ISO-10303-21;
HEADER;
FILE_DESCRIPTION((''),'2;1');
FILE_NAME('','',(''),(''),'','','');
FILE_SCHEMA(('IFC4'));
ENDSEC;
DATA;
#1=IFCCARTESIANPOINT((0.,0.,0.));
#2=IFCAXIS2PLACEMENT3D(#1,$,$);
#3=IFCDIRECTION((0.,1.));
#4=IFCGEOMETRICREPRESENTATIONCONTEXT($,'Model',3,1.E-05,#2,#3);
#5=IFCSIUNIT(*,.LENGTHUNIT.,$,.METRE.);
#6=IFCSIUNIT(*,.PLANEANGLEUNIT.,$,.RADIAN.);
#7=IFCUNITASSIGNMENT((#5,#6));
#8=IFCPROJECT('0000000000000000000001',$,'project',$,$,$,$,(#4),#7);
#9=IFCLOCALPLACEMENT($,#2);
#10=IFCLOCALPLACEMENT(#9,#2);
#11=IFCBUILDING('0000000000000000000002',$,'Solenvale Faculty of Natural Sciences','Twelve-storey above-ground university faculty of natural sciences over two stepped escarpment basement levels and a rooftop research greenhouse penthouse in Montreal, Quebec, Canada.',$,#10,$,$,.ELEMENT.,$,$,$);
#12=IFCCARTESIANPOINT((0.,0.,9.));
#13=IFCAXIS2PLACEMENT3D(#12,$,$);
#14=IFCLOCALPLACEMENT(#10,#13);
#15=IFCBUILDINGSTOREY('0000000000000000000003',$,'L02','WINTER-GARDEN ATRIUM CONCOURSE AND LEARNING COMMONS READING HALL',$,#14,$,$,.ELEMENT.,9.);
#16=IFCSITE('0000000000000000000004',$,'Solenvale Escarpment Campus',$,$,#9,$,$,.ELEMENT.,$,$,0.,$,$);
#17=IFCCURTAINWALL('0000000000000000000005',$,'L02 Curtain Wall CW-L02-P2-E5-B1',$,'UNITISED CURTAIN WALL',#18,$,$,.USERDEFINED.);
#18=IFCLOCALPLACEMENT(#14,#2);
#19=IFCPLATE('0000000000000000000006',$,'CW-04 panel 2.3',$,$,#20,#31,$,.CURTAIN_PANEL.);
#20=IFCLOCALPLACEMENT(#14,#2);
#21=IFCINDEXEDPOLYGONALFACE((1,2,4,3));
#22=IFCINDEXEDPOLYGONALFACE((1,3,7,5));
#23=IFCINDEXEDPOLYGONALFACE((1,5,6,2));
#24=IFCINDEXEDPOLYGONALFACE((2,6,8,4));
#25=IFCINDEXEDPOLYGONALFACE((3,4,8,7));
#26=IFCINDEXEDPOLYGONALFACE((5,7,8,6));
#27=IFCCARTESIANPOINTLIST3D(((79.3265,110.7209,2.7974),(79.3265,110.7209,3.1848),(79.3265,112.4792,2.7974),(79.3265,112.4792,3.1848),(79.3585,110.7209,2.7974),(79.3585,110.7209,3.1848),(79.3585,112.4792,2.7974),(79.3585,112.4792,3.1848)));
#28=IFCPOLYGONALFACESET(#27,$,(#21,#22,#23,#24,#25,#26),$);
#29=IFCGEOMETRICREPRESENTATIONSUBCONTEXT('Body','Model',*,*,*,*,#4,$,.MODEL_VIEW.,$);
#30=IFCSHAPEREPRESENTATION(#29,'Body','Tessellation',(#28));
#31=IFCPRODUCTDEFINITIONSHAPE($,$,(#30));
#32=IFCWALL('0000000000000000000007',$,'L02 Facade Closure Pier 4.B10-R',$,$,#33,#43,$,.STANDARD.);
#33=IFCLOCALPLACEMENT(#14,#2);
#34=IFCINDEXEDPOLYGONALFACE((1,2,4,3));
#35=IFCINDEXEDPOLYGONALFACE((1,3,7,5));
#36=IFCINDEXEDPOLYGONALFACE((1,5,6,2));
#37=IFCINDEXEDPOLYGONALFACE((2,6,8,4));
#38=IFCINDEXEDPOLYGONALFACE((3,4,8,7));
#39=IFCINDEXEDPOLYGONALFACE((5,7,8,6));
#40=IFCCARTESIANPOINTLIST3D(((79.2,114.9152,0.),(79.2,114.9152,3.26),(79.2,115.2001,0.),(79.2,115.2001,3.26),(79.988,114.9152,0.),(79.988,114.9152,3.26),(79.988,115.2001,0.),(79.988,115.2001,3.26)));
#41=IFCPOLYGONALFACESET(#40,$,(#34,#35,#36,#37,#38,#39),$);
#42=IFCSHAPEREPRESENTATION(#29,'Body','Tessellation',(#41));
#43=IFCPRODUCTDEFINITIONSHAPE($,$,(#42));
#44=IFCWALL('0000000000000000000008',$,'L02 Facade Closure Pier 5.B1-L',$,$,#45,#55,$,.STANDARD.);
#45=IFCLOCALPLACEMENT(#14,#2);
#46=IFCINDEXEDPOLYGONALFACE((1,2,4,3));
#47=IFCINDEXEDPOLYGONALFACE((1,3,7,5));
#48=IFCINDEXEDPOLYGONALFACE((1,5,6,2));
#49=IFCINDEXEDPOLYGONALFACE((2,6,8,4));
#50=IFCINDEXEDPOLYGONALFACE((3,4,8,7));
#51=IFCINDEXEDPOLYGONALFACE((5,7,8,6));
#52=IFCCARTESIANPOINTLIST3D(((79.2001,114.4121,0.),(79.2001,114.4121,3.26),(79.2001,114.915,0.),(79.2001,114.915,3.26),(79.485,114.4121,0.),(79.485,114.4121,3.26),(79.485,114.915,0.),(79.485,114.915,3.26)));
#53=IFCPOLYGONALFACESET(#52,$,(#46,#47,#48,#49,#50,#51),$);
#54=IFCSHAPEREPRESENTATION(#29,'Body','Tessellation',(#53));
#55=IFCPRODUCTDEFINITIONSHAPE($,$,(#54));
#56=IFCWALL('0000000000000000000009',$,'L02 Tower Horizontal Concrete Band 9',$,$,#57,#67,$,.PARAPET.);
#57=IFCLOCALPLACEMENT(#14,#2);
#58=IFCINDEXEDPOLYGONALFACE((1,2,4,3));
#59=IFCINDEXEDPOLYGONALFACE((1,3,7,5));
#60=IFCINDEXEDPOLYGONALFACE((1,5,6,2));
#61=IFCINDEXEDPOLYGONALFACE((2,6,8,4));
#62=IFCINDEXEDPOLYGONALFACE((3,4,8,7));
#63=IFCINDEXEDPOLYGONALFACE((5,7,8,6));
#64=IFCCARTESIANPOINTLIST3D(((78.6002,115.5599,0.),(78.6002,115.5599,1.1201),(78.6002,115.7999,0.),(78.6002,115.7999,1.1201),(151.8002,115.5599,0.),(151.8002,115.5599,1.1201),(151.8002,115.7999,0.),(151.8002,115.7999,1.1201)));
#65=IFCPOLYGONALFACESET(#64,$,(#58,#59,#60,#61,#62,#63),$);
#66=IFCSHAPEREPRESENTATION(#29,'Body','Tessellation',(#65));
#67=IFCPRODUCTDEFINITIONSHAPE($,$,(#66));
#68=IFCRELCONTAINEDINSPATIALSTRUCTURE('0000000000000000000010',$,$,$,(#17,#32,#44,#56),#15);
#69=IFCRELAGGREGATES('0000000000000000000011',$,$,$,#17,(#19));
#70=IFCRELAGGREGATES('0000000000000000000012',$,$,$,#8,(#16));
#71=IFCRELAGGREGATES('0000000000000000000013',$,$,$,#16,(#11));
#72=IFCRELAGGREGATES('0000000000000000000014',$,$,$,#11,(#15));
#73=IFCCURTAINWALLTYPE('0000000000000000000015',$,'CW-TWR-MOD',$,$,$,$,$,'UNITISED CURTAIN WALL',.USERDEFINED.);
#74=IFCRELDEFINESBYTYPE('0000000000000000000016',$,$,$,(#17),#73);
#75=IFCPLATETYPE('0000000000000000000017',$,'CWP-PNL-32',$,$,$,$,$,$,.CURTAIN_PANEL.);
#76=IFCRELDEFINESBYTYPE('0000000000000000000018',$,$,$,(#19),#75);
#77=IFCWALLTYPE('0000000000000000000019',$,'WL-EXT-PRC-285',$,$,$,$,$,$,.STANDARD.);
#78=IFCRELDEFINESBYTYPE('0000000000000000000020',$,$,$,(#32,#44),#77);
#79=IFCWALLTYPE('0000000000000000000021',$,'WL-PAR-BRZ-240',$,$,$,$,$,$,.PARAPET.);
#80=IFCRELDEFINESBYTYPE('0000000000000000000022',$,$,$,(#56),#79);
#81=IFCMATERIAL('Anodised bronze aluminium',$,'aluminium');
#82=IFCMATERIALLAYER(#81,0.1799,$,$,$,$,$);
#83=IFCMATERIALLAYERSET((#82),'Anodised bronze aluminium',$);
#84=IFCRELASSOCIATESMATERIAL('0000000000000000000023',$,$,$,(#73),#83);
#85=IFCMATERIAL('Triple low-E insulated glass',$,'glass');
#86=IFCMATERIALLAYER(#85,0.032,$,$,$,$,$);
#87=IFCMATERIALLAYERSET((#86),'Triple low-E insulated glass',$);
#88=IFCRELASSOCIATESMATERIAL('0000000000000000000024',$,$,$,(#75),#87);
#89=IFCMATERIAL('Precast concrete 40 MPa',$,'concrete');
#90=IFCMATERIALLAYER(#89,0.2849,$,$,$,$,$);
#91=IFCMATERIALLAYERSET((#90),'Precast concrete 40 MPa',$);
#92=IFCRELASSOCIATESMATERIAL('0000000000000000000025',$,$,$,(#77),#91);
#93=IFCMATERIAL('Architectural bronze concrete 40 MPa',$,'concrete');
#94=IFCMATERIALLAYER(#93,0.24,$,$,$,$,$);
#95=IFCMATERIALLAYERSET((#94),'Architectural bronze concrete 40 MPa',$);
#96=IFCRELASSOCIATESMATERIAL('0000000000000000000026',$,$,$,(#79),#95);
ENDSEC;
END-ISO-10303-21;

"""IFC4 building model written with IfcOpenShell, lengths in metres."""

from ifc_helpers import new_model, si_unit, direction, frame, frame_2d, origin, origin_2d, place, context, subcontext, project, spatial, rectangle, extrude, material, layer, layer_set, type_object, element, aggregate, save


model = new_model("IFC4")

# Units and contexts
model_context = context("Model", 3, precision=1e-05, world=origin(), true_north=direction((0.0, 1.0)))
body_context = subcontext(model_context, "Body", "Model", "MODEL_VIEW")
ifc_project = project(units=[si_unit("LENGTHUNIT", "METRE"), si_unit("PLANEANGLEUNIT", "RADIAN")], contexts=[model_context])

# Site, building, storey
site_placement = place(None, origin())
site = spatial("IfcSite", under=ifc_project, at=site_placement, Name="Solenvale Escarpment Campus", CompositionType="ELEMENT", RefElevation=0.0)
building_placement = place(site_placement, origin())
building = spatial("IfcBuilding", under=site, at=building_placement, Name="Solenvale Faculty of Natural Sciences", Description="Twelve-storey above-ground university faculty of natural sciences over two stepped escarpment basement levels and a rooftop research greenhouse penthouse in Montreal, Quebec, Canada.", CompositionType="ELEMENT")
storey_placement = place(building_placement, frame((0.0, 0.0, 9.0)))
storey = spatial("IfcBuildingStorey", under=building, at=storey_placement, Name="L02", Description="WINTER-GARDEN ATRIUM CONCOURSE AND LEARNING COMMONS READING HALL", CompositionType="ELEMENT", Elevation=9.0)

# Shared definitions
ifc_material_1 = material(Name="Precast concrete 40 MPa", Category="concrete")

# Curtain wall
ifc_material_2 = material(Name="Anodised bronze aluminium", Category="aluminium")
ifc_layer_1 = layer(ifc_material_2, 0.1799)
ifc_layer_set_1 = layer_set([ifc_layer_1], Name="Anodised bronze aluminium")
curtain_wall_type = type_object("IfcCurtainWallType", Name="CW-TWR-MOD", ElementType="UNITISED CURTAIN WALL", PredefinedType="USERDEFINED", material=ifc_layer_set_1)
curtain_wall_1_placement = place(storey_placement, origin())
curtain_wall_1 = element("IfcCurtainWall", 1, at=curtain_wall_1_placement, inside=storey, type_object=curtain_wall_type, Name="L02 Curtain Wall CW-L02-P2-E5-B1", ObjectType="UNITISED CURTAIN WALL", PredefinedType="USERDEFINED")

# Plate
ifc_material_3 = material(Name="Triple low-E insulated glass", Category="glass")
ifc_layer_2 = layer(ifc_material_3, 0.032)
ifc_layer_set_2 = layer_set([ifc_layer_2], Name="Triple low-E insulated glass")
plate_type = type_object("IfcPlateType", Name="CWP-PNL-32", PredefinedType="CURTAIN_PANEL", material=ifc_layer_set_2)
plate_1_placement = place(storey_placement, frame((79.3425, 111.6001, 2.7974), z_axis=(0.0, 0.0, 1.0), x_axis=(0.0, -1.0, 0.0)))
plate_1 = element("IfcPlate", 2, at=plate_1_placement, type_object=plate_type, Name="CW-04 panel 2.3", PredefinedType="CURTAIN_PANEL", context=body_context, shape_type="SweptSolid", body=[
    extrude(rectangle(XDim=1.7583, YDim=0.032, at=origin_2d()), origin(), (0.0, 0.0, 1.0), 0.3875),
])
aggregate(curtain_wall_1, [plate_1])

# Walls
ifc_layer_3 = layer(ifc_material_1, 0.2849)
ifc_layer_set_3 = layer_set([ifc_layer_3], Name="Precast concrete 40 MPa")
wall_type_1 = type_object("IfcWallType", Name="WL-EXT-PRC-285", PredefinedType="STANDARD", material=ifc_layer_set_3)
wall_1_placement = place(storey_placement, frame((79.988, 115.0576, 0.0), z_axis=(0.0, 0.0, 1.0), x_axis=(-1.0, 0.0, 0.0)))
element("IfcWall", 3, at=wall_1_placement, inside=storey, type_object=wall_type_1, Name="L02 Facade Closure Pier 4.B10-R", PredefinedType="STANDARD", context=body_context, shape_type="SweptSolid", body=[
    extrude(rectangle(XDim=0.7881, YDim=0.2849, at=frame_2d((0.394, 0.0))), origin(), (0.0, 0.0, 1.0), 3.26),
])
wall_2_placement = place(storey_placement, frame((79.3425, 114.915, 0.0), z_axis=(0.0, 0.0, 1.0), x_axis=(0.0, -1.0, 0.0)))
element("IfcWall", 4, at=wall_2_placement, inside=storey, type_object=wall_type_1, Name="L02 Facade Closure Pier 5.B1-L", PredefinedType="STANDARD", context=body_context, shape_type="SweptSolid", body=[
    extrude(rectangle(XDim=0.5029, YDim=0.2849, at=frame_2d((0.2515, 0.0))), origin(), (0.0, 0.0, 1.0), 3.26),
])
ifc_material_4 = material(Name="Architectural bronze concrete 40 MPa", Category="concrete")
ifc_layer_4 = layer(ifc_material_4, 0.24)
ifc_layer_set_4 = layer_set([ifc_layer_4], Name="Architectural bronze concrete 40 MPa")
wall_type_2 = type_object("IfcWallType", Name="WL-PAR-BRZ-240", PredefinedType="PARAPET", material=ifc_layer_set_4)
wall_3_placement = place(storey_placement, frame((78.6001, 115.6799, 0.0), z_axis=(0.0, 0.0, 1.0), x_axis=(1.0, 0.0, 0.0)))
element("IfcWall", 5, at=wall_3_placement, inside=storey, type_object=wall_type_2, Name="L02 Tower Horizontal Concrete Band 9", PredefinedType="PARAPET", context=body_context, shape_type="SweptSolid", body=[
    extrude(rectangle(XDim=73.2, YDim=0.24, at=frame_2d((36.6001, 0.0))), origin(), (0.0, 0.0, 1.0), 1.1201),
])

save(model, "model.ifc")
